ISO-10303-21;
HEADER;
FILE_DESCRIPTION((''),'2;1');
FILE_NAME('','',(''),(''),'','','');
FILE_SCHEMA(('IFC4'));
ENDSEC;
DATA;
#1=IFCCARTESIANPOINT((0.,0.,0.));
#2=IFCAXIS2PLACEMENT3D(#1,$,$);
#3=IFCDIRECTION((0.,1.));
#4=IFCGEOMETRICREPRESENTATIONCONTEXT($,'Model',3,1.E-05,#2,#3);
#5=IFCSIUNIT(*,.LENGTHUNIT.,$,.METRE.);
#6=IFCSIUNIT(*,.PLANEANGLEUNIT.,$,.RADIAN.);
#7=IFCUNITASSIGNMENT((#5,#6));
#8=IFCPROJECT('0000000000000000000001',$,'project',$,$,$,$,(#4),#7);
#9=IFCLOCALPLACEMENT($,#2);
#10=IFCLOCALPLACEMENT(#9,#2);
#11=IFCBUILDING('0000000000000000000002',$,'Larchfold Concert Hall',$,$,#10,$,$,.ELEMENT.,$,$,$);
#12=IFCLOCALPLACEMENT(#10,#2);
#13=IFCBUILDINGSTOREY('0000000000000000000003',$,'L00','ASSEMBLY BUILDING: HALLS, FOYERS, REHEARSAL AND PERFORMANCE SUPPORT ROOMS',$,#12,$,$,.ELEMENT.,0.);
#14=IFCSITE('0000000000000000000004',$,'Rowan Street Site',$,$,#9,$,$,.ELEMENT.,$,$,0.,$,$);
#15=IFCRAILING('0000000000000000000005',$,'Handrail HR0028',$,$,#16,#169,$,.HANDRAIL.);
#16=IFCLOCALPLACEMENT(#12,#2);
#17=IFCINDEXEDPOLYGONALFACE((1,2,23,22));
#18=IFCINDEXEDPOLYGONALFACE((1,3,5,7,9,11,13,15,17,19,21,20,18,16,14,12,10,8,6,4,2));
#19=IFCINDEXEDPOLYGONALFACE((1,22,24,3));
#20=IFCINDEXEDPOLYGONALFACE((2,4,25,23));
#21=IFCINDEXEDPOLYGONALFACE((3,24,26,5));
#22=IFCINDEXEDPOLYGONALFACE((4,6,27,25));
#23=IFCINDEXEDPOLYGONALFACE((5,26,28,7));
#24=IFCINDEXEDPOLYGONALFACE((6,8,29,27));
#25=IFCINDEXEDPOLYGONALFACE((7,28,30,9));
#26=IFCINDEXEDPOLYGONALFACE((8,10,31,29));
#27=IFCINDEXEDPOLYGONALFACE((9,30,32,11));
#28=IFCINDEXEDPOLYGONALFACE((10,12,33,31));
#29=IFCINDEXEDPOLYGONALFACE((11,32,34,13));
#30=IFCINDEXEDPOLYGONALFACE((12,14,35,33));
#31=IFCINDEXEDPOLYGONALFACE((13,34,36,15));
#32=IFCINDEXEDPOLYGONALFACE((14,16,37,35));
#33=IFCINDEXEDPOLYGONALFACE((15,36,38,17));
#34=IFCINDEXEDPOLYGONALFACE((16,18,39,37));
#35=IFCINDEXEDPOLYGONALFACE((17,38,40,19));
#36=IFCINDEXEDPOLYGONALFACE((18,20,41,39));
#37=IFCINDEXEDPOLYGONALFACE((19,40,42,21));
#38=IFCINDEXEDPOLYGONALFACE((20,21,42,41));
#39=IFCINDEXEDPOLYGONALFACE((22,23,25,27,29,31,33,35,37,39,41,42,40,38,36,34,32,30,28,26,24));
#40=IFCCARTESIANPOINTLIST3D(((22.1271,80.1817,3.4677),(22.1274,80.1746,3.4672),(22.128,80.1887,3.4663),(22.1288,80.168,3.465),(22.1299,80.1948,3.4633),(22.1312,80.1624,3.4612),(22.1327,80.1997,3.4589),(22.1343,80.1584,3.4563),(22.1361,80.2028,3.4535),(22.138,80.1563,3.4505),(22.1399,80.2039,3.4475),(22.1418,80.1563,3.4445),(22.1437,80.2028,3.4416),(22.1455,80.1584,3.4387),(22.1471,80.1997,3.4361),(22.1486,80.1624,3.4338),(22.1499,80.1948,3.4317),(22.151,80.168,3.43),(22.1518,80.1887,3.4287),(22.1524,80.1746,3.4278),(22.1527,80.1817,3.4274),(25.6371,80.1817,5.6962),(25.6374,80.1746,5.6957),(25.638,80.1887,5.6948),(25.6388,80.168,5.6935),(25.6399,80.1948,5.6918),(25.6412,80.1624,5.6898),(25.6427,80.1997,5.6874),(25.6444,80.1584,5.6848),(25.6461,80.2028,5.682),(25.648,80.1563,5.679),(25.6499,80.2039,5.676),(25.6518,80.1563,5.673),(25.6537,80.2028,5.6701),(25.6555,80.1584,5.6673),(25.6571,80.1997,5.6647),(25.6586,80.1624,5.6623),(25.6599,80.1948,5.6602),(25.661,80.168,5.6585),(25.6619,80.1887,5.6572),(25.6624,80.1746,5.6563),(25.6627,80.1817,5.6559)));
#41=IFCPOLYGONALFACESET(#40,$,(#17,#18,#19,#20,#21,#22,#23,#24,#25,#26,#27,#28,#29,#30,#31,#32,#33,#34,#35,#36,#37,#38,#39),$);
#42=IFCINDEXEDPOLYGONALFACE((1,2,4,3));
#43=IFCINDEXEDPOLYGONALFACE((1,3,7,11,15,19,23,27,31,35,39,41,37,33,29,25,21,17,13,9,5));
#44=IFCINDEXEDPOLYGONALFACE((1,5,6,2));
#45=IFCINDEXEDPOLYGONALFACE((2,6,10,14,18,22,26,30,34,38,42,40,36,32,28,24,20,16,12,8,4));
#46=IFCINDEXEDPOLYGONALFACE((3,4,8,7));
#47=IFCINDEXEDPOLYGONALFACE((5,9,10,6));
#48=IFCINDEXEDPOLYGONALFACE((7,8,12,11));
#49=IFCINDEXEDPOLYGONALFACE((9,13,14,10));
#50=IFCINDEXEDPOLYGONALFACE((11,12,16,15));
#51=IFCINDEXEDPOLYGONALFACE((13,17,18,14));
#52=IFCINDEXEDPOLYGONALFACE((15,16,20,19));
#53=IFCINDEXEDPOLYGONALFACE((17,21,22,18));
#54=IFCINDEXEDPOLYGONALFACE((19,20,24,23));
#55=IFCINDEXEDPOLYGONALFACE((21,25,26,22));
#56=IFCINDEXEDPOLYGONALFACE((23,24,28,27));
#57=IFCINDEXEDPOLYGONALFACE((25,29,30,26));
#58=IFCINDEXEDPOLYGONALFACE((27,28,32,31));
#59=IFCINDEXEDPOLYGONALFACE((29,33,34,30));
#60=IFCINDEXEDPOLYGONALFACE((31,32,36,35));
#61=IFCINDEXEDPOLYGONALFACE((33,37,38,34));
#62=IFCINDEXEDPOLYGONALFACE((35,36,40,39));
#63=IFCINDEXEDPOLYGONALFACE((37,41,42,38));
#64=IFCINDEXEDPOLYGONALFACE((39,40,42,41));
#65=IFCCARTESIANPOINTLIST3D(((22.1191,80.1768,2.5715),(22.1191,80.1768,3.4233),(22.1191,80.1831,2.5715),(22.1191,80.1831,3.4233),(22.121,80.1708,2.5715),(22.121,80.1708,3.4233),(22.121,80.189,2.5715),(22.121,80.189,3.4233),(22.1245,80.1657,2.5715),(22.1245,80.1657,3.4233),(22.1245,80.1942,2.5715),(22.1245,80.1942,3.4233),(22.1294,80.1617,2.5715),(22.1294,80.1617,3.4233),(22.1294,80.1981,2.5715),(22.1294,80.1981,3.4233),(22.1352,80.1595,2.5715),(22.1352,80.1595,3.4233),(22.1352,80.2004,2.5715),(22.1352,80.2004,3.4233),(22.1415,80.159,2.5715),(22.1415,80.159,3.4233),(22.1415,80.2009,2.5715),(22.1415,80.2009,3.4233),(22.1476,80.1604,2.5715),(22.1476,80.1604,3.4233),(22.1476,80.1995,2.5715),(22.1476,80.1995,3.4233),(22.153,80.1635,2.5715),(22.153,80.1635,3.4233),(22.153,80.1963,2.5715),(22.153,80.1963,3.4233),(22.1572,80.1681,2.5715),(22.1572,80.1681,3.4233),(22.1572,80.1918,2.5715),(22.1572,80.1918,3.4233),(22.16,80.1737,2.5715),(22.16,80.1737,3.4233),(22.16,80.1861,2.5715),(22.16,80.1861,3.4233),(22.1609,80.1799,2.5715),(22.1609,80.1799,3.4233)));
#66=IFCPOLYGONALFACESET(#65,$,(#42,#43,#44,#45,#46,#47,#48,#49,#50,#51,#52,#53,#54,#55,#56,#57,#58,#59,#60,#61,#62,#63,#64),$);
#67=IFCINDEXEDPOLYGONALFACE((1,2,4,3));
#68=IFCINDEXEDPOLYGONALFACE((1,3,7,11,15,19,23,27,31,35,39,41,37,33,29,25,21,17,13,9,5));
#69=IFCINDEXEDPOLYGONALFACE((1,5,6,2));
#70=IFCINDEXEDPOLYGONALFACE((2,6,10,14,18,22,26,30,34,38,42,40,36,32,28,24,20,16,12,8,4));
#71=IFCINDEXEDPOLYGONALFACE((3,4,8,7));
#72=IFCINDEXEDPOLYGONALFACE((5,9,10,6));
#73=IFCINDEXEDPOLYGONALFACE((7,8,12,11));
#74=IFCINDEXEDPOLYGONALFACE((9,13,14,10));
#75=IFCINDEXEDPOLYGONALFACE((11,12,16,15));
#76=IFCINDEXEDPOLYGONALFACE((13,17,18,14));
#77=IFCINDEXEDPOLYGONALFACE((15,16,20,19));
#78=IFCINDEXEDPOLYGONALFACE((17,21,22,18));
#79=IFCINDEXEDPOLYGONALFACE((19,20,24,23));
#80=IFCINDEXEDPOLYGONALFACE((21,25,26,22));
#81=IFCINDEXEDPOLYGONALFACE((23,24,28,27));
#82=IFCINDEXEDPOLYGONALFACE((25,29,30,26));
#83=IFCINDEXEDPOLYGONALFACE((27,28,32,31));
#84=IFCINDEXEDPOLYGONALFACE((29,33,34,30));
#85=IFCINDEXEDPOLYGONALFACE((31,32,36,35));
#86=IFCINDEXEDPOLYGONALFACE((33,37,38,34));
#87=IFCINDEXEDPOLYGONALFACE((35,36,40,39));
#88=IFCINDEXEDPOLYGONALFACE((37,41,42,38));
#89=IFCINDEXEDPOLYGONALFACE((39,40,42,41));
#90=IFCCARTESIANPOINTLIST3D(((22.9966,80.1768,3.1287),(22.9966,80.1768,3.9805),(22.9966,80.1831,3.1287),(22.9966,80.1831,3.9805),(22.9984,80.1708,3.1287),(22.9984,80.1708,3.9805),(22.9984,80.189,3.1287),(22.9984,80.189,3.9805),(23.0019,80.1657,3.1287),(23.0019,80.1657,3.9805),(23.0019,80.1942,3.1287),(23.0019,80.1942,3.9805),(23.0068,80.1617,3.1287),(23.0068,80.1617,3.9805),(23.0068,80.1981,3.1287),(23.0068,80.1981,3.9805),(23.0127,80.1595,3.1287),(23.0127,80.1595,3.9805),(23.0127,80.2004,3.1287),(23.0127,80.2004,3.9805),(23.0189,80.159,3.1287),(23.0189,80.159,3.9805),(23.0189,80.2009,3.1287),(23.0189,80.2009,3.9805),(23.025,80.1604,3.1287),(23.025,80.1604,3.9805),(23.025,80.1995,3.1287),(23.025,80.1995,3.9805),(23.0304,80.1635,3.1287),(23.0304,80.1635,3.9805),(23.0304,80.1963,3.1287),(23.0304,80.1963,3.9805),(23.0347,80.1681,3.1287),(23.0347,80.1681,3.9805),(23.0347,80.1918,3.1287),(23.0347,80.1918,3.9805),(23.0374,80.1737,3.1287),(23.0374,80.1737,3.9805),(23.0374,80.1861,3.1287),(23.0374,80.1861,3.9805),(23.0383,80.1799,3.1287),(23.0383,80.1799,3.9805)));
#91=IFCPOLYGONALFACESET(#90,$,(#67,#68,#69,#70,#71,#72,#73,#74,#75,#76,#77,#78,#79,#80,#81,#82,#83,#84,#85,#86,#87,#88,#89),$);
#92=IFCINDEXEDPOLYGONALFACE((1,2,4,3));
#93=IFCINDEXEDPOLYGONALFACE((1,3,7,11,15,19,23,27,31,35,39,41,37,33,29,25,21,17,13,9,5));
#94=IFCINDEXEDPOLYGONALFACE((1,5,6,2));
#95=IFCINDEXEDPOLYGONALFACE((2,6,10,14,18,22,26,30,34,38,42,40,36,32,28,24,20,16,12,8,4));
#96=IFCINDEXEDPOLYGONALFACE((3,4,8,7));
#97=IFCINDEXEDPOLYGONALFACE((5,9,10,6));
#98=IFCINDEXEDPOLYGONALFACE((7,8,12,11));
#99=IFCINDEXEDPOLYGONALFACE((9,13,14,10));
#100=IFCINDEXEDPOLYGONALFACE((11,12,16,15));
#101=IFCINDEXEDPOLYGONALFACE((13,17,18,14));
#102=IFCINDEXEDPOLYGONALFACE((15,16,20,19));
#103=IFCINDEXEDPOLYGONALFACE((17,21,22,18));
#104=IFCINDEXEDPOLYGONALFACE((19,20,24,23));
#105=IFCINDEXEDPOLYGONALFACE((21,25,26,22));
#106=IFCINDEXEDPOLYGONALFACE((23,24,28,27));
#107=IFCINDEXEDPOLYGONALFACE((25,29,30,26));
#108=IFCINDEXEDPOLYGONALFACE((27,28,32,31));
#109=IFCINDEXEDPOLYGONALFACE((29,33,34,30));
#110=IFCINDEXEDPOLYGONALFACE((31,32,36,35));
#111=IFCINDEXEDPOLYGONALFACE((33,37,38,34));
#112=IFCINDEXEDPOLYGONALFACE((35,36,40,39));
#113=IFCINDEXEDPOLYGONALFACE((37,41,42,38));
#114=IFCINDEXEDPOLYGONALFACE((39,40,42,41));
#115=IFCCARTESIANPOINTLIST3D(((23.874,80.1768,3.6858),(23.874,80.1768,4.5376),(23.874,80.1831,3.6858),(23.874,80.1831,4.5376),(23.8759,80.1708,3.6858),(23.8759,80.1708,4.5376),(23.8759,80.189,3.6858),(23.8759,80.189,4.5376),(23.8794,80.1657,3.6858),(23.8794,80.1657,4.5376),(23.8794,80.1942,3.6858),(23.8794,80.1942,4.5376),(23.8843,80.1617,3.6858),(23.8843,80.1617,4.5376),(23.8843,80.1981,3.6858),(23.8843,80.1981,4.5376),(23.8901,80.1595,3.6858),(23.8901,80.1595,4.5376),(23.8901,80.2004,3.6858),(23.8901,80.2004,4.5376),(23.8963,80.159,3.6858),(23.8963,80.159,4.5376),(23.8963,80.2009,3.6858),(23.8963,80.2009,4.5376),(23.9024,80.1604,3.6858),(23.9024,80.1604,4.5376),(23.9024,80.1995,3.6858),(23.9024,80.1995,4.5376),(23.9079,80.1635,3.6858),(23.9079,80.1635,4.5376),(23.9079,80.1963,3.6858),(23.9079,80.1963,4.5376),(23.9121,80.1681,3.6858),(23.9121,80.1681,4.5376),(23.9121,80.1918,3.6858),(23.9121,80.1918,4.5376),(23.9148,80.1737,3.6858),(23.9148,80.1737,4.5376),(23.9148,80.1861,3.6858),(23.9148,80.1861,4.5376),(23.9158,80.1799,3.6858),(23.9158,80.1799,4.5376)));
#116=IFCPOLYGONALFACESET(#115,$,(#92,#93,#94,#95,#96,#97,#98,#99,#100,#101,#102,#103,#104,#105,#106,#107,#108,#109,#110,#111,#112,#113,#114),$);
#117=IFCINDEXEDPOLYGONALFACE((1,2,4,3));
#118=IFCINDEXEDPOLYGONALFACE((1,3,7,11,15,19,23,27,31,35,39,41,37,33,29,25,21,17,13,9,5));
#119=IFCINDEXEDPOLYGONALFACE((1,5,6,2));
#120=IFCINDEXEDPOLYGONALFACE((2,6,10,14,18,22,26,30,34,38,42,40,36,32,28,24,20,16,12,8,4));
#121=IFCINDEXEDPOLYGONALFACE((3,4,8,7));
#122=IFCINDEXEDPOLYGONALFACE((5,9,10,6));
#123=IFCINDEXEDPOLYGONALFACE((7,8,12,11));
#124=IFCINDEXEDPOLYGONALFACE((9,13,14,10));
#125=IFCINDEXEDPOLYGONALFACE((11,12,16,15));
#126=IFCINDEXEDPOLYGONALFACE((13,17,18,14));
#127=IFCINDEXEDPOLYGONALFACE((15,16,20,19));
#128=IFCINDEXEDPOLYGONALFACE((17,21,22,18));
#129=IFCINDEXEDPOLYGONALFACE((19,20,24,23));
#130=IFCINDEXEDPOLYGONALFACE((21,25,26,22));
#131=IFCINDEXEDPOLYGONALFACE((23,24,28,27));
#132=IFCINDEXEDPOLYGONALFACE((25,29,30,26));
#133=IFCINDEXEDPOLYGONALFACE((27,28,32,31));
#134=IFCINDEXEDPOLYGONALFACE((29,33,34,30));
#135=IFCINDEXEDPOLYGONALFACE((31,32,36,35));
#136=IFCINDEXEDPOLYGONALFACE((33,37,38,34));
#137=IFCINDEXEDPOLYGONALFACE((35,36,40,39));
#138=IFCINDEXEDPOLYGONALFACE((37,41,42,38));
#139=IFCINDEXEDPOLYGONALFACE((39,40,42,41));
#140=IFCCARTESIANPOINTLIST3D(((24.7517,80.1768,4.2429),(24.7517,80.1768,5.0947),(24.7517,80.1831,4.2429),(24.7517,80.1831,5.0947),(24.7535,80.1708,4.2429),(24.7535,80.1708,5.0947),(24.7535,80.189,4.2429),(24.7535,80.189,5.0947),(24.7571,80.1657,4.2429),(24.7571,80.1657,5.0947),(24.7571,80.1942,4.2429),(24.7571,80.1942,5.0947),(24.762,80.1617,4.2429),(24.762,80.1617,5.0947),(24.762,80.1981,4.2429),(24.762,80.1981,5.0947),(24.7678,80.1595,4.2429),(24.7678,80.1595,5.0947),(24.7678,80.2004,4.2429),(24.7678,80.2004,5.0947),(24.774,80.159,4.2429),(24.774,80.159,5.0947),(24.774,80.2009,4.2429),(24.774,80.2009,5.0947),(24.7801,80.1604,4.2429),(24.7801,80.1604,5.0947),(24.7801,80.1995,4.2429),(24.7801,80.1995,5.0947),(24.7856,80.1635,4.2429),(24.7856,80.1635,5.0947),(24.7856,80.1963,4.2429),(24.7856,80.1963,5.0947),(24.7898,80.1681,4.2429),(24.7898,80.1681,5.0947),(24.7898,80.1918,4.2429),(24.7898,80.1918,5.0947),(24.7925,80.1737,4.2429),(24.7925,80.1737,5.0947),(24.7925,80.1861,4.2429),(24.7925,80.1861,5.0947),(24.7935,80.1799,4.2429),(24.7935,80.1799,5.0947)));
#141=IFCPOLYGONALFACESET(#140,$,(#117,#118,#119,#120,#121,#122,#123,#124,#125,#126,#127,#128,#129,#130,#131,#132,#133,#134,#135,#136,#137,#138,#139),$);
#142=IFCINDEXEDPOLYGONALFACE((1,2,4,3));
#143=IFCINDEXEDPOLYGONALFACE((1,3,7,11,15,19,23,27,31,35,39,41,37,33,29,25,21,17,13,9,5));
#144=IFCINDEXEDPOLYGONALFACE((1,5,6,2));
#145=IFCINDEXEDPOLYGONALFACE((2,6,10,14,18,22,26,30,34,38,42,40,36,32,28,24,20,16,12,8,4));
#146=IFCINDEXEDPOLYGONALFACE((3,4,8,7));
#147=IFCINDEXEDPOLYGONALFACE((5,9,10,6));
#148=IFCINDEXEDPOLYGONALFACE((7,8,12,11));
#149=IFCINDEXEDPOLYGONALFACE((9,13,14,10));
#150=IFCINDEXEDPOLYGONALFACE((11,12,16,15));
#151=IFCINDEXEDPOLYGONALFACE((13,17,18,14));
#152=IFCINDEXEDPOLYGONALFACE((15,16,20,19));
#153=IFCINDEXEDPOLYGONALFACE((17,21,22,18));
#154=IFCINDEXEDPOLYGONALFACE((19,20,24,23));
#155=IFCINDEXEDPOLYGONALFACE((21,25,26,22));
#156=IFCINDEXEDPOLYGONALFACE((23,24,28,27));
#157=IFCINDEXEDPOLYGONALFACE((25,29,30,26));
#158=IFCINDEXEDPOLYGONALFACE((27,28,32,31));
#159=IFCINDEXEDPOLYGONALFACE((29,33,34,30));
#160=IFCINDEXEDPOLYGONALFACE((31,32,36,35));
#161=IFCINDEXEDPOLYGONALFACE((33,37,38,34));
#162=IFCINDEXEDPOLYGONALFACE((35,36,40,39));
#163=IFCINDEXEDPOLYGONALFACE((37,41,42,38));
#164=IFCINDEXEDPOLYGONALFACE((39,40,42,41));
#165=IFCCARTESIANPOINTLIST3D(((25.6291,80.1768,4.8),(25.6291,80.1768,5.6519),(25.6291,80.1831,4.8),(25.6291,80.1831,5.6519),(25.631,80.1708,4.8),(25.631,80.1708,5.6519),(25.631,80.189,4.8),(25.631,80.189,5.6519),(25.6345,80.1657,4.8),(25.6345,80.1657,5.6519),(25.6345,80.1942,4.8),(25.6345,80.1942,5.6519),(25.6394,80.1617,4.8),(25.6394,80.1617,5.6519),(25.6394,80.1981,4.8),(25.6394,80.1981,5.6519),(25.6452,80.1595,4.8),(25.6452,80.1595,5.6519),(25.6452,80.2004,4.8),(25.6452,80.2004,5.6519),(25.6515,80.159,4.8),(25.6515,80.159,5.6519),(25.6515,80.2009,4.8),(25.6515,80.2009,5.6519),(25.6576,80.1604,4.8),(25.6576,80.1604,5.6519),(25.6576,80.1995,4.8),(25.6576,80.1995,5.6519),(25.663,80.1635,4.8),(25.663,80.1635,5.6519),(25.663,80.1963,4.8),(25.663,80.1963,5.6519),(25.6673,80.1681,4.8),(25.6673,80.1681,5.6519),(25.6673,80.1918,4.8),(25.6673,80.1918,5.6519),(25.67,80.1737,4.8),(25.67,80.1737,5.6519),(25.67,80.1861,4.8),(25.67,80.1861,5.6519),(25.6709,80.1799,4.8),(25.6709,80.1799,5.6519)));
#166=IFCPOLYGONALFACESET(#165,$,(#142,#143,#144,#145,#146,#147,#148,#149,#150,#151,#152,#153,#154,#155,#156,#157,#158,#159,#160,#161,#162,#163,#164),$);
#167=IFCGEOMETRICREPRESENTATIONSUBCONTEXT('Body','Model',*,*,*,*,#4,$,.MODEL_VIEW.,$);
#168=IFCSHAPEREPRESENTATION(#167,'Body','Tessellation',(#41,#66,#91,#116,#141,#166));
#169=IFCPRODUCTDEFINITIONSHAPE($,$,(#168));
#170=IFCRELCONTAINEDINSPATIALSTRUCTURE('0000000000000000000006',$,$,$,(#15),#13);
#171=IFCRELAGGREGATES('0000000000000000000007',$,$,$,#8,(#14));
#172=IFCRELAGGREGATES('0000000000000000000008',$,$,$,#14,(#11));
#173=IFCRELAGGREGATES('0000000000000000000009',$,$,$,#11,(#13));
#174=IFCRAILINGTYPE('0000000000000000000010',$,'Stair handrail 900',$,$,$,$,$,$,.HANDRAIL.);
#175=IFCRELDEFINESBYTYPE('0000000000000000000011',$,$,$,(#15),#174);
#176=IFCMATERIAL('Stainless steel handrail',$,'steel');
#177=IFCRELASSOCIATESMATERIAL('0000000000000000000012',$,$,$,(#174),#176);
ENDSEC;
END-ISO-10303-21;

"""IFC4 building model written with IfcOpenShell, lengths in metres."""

from ifc_helpers import new_model, si_unit, direction, frame, origin, origin_2d, place, context, subcontext, project, spatial, circle, extrude, material, type_object, element, save


model = new_model("IFC4")

# Units and contexts
model_context = context("Model", 3, precision=1e-05, world=origin(), true_north=direction((0.0, 1.0)))
body_context = subcontext(model_context, "Body", "Model", "MODEL_VIEW")
ifc_project = project(units=[si_unit("LENGTHUNIT", "METRE"), si_unit("PLANEANGLEUNIT", "RADIAN")], contexts=[model_context])

# Site, building, storey
site_placement = place(None, origin())
site = spatial("IfcSite", under=ifc_project, at=site_placement, Name="Rowan Street Site", CompositionType="ELEMENT", RefElevation=0.0)
building_placement = place(site_placement, origin())
building = spatial("IfcBuilding", under=site, at=building_placement, Name="Larchfold Concert Hall", CompositionType="ELEMENT")
storey_placement = place(building_placement, origin())
storey = spatial("IfcBuildingStorey", under=building, at=storey_placement, Name="L00", Description="ASSEMBLY BUILDING: HALLS, FOYERS, REHEARSAL AND PERFORMANCE SUPPORT ROOMS", CompositionType="ELEMENT", Elevation=0.0)

# Railing
ifc_material_1 = material(Name="Stainless steel handrail", Category="steel")
railing_type_1 = type_object("IfcRailingType", Name="Stair handrail 900", PredefinedType="HANDRAIL", material=ifc_material_1)
railing_1_placement = place(storey_placement, frame((22.1399, 80.1799, 2.5715)))
element("IfcRailing", 1, at=railing_1_placement, inside=storey, type_object=railing_type_1, Name="Handrail HR0028", PredefinedType="HANDRAIL", context=body_context, shape_type="SweptSolid", body=[
    extrude(circle(Radius=0.0239, at=origin_2d()), frame((0.0, 0.0, 0.876), z_axis=(0.84422, 0.0, 0.535998), x_axis=(0.0, 1.0, 0.0)), (0.0, 0.0, 1.0), 4.1577),
    extrude(circle(Radius=0.021, at=origin_2d()), origin(), (0.0, 0.0, 1.0), 0.8518),
    extrude(circle(Radius=0.021, at=origin_2d()), frame((0.8774, 0.0, 0.5571)), (0.0, 0.0, 1.0), 0.8518),
    extrude(circle(Radius=0.021, at=origin_2d()), frame((1.7549, 0.0, 1.1143)), (0.0, 0.0, 1.0), 0.8518),
    extrude(circle(Radius=0.021, at=origin_2d()), frame((2.6326, 0.0, 1.6714)), (0.0, 0.0, 1.0), 0.8518),
    extrude(circle(Radius=0.021, at=origin_2d()), frame((3.51, 0.0, 2.2285)), (0.0, 0.0, 1.0), 0.8518),
])

save(model, "model.ifc")
